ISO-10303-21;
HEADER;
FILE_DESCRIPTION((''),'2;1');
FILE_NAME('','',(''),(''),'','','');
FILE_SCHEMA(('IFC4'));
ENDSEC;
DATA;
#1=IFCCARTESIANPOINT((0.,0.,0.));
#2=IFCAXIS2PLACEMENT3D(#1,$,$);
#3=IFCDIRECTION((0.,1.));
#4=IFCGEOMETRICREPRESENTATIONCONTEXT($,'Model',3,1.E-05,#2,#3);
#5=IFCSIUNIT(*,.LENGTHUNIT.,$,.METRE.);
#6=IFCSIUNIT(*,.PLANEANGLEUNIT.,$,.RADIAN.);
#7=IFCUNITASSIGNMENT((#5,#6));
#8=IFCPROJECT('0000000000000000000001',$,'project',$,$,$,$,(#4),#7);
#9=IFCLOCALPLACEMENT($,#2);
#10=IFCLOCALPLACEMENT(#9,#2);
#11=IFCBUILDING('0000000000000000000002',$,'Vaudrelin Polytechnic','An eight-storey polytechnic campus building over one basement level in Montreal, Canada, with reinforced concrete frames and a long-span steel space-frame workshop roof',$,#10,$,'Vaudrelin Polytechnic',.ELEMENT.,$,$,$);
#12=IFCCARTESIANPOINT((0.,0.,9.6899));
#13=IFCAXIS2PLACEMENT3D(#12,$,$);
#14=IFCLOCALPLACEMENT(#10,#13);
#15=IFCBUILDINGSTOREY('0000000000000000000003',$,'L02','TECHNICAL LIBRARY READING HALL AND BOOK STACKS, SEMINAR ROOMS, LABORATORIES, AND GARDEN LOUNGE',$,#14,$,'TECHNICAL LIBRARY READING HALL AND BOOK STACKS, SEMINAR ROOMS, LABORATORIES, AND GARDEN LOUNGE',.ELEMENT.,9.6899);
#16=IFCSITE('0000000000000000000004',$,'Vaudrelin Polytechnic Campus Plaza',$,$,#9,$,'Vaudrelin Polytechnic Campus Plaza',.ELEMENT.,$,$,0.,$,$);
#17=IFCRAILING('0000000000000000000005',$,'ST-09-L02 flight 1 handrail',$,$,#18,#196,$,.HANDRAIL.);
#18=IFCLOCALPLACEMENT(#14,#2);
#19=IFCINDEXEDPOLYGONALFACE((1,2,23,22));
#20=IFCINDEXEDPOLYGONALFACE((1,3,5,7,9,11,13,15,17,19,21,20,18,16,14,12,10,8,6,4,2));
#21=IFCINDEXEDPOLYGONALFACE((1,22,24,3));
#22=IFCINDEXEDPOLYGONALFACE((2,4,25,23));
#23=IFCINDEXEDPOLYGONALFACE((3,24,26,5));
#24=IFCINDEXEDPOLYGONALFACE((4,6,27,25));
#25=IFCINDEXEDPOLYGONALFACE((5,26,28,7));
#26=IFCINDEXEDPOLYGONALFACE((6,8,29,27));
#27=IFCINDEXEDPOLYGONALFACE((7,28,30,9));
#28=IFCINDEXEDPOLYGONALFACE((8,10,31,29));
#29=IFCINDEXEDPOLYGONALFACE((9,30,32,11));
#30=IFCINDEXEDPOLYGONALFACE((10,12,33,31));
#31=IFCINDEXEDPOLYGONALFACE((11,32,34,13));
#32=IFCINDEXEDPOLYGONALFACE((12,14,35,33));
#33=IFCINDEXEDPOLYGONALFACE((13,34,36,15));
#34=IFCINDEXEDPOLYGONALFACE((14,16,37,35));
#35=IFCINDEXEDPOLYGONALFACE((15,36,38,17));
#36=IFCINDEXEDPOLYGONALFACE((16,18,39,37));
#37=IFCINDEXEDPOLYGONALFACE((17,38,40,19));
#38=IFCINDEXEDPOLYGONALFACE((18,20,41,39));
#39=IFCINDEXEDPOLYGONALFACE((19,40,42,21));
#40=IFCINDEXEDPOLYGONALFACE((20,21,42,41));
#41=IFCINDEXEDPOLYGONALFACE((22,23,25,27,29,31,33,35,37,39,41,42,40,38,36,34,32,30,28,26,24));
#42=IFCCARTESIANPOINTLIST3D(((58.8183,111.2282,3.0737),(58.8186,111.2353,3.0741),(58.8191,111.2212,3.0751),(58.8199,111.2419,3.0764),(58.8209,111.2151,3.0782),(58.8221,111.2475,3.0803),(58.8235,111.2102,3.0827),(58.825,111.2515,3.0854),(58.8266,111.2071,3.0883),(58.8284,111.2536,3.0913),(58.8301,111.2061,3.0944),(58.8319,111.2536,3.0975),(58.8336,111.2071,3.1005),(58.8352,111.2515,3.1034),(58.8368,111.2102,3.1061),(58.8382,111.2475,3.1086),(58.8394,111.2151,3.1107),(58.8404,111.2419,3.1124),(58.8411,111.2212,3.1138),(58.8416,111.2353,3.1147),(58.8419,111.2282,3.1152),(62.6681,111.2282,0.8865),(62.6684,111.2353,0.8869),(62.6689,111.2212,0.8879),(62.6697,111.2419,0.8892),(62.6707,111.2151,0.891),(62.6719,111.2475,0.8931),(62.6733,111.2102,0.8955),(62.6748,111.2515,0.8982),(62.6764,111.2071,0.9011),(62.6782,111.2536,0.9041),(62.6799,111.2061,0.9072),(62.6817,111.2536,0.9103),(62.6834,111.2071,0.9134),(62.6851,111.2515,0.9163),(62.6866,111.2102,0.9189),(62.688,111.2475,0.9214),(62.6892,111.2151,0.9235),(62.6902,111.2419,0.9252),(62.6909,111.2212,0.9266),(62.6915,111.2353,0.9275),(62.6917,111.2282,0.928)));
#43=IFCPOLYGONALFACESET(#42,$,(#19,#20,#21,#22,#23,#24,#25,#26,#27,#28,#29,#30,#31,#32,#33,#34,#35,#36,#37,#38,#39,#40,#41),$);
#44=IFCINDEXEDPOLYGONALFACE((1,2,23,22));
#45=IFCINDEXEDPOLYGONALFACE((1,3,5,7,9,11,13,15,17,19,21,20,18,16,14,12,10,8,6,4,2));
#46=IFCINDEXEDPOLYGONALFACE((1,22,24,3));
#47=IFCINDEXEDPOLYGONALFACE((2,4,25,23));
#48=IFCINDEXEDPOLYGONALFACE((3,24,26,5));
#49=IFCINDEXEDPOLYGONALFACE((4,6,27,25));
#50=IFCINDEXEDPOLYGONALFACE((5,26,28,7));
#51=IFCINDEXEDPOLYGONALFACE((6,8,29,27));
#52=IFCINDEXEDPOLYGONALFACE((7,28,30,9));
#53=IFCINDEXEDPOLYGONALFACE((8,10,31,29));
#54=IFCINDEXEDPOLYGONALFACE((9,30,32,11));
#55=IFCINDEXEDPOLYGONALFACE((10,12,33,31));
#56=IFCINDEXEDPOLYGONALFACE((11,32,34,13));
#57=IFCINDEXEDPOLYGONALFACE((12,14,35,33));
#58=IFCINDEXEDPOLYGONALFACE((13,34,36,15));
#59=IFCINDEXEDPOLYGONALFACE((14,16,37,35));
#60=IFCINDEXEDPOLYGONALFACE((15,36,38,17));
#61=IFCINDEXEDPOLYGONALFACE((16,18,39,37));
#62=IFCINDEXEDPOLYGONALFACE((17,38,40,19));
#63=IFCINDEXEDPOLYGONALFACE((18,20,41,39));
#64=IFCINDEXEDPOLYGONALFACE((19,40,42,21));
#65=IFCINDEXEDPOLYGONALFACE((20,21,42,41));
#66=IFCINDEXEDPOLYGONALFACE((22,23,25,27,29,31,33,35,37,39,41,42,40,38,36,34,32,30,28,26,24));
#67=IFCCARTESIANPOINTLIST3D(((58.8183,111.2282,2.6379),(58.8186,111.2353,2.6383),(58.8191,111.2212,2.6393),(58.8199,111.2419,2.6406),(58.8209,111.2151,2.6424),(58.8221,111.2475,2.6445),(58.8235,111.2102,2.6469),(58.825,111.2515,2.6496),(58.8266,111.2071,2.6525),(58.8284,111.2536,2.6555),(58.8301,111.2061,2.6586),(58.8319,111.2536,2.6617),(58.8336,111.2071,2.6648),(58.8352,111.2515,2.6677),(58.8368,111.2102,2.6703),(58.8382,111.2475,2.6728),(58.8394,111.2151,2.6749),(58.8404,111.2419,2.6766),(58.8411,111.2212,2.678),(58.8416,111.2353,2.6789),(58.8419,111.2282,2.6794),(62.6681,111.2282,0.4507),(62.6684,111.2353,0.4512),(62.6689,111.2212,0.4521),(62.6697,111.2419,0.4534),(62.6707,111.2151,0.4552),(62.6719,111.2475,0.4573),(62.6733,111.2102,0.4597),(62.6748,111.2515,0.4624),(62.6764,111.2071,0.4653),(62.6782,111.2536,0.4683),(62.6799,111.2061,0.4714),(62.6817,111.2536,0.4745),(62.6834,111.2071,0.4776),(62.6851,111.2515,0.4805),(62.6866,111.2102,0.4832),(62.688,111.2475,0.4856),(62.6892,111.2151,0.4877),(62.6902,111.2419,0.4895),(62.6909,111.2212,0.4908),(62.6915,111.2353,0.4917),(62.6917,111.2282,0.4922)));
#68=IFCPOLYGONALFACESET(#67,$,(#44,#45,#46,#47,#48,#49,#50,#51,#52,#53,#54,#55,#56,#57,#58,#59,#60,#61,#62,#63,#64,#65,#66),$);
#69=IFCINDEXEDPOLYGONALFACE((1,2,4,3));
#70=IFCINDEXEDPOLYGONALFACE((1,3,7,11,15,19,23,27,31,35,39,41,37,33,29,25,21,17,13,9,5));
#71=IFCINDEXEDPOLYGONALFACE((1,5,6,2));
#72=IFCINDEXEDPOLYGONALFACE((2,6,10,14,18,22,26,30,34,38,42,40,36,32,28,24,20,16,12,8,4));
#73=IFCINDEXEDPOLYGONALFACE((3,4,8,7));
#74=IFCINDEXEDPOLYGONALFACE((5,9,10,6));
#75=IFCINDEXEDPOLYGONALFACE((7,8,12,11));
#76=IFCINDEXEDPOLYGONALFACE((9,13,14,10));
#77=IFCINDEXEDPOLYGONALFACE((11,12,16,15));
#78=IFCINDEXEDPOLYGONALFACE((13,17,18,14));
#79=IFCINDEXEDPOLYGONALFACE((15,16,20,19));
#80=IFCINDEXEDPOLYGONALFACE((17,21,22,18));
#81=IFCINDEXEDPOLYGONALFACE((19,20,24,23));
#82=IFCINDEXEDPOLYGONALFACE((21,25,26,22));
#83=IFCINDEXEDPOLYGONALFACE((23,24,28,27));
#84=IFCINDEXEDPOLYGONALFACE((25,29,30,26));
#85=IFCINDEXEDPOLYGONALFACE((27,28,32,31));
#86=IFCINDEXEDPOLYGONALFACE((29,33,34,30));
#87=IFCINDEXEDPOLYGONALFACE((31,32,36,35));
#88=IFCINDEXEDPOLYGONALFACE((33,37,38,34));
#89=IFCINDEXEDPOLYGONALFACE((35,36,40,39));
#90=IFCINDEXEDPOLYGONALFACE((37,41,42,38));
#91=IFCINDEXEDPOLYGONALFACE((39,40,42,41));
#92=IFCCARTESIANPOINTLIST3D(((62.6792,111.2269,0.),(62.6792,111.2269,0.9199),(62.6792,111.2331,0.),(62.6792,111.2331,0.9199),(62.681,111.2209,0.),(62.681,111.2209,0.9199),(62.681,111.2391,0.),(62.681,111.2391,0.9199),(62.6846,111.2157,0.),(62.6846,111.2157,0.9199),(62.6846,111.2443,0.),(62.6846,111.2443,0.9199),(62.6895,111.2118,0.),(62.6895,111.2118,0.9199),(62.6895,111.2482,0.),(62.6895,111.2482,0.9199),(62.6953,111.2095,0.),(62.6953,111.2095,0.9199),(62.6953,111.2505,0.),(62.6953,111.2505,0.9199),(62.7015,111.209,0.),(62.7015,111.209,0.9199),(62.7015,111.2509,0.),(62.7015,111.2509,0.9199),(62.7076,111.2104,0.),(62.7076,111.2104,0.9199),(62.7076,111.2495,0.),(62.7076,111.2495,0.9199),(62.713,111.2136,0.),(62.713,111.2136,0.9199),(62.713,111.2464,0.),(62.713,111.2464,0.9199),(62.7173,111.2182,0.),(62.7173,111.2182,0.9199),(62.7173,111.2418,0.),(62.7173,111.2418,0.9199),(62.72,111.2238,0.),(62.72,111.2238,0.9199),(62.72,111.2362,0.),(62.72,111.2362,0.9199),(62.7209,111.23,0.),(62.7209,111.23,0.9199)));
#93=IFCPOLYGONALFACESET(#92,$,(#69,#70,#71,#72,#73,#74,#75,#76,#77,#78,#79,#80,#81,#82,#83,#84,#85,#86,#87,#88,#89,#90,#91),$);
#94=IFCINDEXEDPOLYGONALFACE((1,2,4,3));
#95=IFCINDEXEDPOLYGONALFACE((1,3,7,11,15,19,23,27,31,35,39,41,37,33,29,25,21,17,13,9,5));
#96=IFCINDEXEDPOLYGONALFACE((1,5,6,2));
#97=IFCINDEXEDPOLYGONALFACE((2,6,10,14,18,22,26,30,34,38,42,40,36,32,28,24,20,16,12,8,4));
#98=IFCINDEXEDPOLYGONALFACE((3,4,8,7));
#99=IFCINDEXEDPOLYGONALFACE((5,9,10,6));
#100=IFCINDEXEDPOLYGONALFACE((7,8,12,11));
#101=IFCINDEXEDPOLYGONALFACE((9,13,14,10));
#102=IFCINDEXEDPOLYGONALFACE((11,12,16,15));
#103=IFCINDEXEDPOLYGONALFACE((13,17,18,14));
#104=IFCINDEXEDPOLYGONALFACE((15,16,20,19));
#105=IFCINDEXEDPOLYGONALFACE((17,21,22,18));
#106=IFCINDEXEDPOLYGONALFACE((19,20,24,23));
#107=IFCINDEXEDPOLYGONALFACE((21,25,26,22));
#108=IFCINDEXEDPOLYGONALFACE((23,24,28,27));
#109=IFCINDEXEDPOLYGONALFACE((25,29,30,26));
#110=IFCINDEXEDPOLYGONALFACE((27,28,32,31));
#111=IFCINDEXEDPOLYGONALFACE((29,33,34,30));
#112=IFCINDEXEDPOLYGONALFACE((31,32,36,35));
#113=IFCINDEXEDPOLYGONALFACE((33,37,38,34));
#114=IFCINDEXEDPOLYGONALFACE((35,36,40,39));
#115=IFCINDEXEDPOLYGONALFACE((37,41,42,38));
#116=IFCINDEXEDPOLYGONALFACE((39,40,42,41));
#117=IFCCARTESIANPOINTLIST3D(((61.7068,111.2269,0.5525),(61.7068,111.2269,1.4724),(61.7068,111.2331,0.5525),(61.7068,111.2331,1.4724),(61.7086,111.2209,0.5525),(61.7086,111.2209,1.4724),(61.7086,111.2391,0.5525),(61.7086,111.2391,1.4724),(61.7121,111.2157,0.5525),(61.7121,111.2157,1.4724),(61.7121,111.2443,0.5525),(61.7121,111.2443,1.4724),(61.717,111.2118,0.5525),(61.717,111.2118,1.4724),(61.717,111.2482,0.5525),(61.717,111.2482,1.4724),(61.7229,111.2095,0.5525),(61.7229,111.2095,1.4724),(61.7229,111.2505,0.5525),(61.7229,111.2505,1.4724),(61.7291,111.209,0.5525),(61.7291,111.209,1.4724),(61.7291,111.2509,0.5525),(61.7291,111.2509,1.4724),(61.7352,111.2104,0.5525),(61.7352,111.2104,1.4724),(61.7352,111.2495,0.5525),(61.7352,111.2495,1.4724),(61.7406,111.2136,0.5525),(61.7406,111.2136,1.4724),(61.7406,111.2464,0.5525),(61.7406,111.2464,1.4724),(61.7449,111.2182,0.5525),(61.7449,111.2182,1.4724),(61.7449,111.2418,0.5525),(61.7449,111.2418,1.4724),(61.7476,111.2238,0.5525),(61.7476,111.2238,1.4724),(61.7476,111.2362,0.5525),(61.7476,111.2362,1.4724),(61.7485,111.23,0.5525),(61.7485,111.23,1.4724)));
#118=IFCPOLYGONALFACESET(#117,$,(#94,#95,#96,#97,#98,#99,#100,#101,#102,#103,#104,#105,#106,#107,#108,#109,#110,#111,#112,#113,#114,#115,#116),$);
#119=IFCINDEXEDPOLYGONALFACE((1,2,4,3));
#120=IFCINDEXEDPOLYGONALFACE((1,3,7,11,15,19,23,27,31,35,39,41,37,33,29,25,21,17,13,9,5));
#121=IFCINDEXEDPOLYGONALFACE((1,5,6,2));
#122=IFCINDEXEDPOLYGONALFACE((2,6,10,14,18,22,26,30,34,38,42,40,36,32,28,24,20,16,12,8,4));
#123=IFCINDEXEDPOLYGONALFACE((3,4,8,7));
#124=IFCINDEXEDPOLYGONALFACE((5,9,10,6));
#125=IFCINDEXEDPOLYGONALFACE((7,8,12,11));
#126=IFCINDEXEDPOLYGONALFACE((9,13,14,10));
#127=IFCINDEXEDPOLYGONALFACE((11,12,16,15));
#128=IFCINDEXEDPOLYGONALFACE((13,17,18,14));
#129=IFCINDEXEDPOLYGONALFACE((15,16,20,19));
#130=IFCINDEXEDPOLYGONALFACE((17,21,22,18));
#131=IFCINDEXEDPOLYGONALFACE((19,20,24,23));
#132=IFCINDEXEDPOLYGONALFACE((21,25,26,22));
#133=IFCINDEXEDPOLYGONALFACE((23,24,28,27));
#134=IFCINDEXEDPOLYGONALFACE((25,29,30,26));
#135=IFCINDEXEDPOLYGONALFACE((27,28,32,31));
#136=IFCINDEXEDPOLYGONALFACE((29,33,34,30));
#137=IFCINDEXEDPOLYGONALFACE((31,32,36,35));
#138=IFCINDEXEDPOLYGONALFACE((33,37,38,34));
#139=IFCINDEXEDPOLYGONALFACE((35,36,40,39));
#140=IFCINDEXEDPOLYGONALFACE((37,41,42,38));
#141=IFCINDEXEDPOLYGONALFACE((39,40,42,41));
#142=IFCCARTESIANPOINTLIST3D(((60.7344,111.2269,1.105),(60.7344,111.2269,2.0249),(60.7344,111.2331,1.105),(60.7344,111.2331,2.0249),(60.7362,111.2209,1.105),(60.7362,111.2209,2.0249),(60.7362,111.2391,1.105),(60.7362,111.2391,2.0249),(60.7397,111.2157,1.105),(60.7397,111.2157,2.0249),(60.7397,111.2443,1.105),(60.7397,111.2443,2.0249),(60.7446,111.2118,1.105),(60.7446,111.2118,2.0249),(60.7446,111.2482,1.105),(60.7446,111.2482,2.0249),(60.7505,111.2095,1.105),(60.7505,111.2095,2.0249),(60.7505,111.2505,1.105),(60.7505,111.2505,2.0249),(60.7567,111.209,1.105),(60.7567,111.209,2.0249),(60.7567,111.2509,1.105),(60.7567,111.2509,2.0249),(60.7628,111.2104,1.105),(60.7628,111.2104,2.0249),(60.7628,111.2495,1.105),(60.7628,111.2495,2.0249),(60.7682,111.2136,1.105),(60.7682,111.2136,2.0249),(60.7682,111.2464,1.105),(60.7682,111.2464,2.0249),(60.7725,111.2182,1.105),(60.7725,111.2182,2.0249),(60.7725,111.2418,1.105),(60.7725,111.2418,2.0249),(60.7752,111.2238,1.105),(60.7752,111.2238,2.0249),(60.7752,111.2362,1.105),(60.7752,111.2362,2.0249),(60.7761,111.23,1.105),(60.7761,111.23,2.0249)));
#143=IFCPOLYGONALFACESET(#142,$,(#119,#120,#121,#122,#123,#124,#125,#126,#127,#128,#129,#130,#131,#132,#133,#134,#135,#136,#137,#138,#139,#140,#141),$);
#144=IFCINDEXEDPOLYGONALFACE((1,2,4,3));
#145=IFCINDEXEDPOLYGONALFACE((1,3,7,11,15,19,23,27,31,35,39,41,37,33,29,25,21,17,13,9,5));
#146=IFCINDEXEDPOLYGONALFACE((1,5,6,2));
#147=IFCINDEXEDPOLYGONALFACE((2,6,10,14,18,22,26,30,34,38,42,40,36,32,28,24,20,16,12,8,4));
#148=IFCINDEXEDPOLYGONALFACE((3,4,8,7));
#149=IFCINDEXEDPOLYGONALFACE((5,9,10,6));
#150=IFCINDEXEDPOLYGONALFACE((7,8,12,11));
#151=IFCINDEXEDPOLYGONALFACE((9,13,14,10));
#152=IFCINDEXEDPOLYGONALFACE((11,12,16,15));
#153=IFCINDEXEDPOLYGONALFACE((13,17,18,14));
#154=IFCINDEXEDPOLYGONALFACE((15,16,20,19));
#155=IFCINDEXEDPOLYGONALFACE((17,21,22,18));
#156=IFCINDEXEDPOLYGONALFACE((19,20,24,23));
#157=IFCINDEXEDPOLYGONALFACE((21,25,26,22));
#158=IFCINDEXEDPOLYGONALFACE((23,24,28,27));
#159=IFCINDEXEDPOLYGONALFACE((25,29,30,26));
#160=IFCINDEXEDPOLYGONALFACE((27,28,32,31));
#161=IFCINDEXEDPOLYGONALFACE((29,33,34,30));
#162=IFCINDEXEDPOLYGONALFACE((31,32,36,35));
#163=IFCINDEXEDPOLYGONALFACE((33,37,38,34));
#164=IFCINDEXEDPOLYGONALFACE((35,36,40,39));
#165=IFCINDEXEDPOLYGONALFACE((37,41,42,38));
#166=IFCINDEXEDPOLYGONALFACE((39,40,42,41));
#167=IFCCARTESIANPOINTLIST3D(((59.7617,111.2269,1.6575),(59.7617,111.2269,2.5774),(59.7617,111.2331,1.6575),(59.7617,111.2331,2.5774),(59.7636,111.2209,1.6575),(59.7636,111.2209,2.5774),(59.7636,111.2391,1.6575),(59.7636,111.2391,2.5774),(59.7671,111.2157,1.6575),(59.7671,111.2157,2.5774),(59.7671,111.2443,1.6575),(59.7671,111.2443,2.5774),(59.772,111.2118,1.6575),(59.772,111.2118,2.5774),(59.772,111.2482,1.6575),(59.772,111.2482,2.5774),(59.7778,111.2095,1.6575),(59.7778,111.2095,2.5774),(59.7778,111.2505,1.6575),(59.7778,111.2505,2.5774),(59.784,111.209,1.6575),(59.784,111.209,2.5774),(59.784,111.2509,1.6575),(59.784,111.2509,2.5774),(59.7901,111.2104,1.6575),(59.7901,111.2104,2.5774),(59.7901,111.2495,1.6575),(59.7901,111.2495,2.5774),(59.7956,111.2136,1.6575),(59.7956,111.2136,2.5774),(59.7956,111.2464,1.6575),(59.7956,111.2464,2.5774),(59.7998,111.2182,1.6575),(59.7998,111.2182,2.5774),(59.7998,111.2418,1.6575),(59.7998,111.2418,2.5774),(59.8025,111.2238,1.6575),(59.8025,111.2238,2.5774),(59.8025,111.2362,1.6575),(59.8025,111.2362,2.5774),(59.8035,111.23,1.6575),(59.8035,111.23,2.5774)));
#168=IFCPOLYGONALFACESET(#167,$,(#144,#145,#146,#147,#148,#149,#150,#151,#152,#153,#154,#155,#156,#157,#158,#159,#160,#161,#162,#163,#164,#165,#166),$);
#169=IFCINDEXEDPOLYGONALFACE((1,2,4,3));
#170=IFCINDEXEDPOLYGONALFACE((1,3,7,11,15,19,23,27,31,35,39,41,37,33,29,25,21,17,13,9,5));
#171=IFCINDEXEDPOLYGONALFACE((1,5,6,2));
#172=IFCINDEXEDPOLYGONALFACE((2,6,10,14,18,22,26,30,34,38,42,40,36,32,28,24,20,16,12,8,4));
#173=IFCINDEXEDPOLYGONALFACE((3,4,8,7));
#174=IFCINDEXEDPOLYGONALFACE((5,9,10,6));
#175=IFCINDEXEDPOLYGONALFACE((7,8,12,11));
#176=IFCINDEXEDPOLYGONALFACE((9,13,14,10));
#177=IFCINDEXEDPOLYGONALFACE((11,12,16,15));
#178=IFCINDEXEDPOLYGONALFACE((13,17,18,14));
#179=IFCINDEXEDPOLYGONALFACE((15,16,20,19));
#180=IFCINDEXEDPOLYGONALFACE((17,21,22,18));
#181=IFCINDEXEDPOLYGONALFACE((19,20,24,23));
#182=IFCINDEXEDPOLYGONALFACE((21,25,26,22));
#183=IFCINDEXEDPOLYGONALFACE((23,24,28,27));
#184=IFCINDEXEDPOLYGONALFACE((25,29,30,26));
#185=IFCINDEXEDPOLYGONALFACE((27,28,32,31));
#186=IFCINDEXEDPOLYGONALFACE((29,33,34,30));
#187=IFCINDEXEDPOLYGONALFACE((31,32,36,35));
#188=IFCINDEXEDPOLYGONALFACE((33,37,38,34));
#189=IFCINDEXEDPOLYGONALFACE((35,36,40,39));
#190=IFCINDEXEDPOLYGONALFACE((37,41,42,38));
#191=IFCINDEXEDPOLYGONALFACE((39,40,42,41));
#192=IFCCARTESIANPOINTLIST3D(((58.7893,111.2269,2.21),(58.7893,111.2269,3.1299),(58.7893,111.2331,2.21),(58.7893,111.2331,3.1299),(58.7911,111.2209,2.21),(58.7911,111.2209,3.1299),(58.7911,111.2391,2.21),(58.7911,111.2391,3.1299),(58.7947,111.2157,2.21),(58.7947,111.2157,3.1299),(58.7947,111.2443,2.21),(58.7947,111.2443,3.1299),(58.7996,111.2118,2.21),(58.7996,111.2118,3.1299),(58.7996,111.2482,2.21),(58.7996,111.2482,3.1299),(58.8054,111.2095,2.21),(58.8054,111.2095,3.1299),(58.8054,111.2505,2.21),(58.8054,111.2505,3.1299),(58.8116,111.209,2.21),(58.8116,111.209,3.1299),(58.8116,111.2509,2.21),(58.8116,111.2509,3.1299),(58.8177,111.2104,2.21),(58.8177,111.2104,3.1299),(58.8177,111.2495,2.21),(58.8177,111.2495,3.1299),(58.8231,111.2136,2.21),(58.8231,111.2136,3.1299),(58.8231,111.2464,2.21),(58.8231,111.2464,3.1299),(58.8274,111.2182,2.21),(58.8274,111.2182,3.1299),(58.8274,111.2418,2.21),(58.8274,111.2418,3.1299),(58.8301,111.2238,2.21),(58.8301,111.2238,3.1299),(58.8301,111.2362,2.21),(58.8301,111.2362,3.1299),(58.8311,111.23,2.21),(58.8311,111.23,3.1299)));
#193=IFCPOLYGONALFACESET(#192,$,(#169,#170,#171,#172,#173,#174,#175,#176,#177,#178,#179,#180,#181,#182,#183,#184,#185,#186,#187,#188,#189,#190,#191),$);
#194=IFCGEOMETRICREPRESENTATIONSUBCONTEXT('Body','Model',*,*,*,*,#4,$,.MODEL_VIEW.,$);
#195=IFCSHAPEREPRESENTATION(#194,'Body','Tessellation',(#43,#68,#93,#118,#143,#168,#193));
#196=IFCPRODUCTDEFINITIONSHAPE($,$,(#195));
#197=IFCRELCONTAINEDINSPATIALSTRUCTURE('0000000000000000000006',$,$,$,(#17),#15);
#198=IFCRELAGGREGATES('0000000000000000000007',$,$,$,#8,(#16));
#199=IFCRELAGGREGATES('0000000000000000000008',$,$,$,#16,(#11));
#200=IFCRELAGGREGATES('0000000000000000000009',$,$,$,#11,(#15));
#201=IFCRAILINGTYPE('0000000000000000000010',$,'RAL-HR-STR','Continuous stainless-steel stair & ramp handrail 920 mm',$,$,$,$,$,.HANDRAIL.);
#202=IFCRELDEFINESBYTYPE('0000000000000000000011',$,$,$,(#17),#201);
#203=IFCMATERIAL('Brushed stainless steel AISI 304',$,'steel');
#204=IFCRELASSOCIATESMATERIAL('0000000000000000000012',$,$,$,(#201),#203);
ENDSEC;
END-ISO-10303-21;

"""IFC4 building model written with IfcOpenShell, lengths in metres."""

from ifc_helpers import new_model, si_unit, direction, frame, origin, origin_2d, place, context, subcontext, project, spatial, circle, extrude, material, type_object, element, save


model = new_model("IFC4")

# Units and contexts
model_context = context("Model", 3, precision=1e-05, world=origin(), true_north=direction((0.0, 1.0)))
body_context = subcontext(model_context, "Body", "Model", "MODEL_VIEW")
ifc_project = project(units=[si_unit("LENGTHUNIT", "METRE"), si_unit("PLANEANGLEUNIT", "RADIAN")], contexts=[model_context])

# Site, building, storey
site_placement = place(None, origin())
site = spatial("IfcSite", under=ifc_project, at=site_placement, Name="Vaudrelin Polytechnic Campus Plaza", LongName="Vaudrelin Polytechnic Campus Plaza", CompositionType="ELEMENT", RefElevation=0.0)
building_placement = place(site_placement, origin())
building = spatial("IfcBuilding", under=site, at=building_placement, Name="Vaudrelin Polytechnic", Description="An eight-storey polytechnic campus building over one basement level in Montreal, Canada, with reinforced concrete frames and a long-span steel space-frame workshop roof", LongName="Vaudrelin Polytechnic", CompositionType="ELEMENT")
storey_placement = place(building_placement, frame((0.0, 0.0, 9.6899)))
storey = spatial("IfcBuildingStorey", under=building, at=storey_placement, Name="L02", Description="TECHNICAL LIBRARY READING HALL AND BOOK STACKS, SEMINAR ROOMS, LABORATORIES, AND GARDEN LOUNGE", LongName="TECHNICAL LIBRARY READING HALL AND BOOK STACKS, SEMINAR ROOMS, LABORATORIES, AND GARDEN LOUNGE", CompositionType="ELEMENT", Elevation=9.6899)

# Railing
ifc_material_1 = material(Name="Brushed stainless steel AISI 304", Category="steel")
railing_type_1 = type_object("IfcRailingType", Name="RAL-HR-STR", Description="Continuous stainless-steel stair & ramp handrail 920 mm", PredefinedType="HANDRAIL", material=ifc_material_1)
railing_1_placement = place(storey_placement, frame((62.7, 111.23, 0.0)))
element("IfcRailing", 1, at=railing_1_placement, inside=storey, type_object=railing_type_1, Name="ST-09-L02 flight 1 handrail", PredefinedType="HANDRAIL", context=body_context, shape_type="SweptSolid", body=[
    extrude(circle(Radius=0.0239, at=origin_2d()), frame((-0.02, 0.0, 0.9072), z_axis=(-0.869476, 0.0, 0.493975), x_axis=(0.0, -1.0, 0.0)), (0.0, 0.0, 1.0), 4.4277),
    extrude(circle(Radius=0.0239, at=origin_2d()), frame((-0.02, 0.0, 0.4714), z_axis=(-0.869476, 0.0, 0.493975), x_axis=(0.0, -1.0, 0.0)), (0.0, 0.0, 1.0), 4.4277),
    extrude(circle(Radius=0.021, at=origin_2d()), origin(), (0.0, 0.0, 1.0), 0.9199),
    extrude(circle(Radius=0.021, at=origin_2d()), frame((-0.9724, 0.0, 0.5525)), (0.0, 0.0, 1.0), 0.9199),
    extrude(circle(Radius=0.021, at=origin_2d()), frame((-1.9448, 0.0, 1.105)), (0.0, 0.0, 1.0), 0.9199),
    extrude(circle(Radius=0.021, at=origin_2d()), frame((-2.9175, 0.0, 1.6575)), (0.0, 0.0, 1.0), 0.9199),
    extrude(circle(Radius=0.021, at=origin_2d()), frame((-3.8899, 0.0, 2.21)), (0.0, 0.0, 1.0), 0.9199),
])

save(model, "model.ifc")
